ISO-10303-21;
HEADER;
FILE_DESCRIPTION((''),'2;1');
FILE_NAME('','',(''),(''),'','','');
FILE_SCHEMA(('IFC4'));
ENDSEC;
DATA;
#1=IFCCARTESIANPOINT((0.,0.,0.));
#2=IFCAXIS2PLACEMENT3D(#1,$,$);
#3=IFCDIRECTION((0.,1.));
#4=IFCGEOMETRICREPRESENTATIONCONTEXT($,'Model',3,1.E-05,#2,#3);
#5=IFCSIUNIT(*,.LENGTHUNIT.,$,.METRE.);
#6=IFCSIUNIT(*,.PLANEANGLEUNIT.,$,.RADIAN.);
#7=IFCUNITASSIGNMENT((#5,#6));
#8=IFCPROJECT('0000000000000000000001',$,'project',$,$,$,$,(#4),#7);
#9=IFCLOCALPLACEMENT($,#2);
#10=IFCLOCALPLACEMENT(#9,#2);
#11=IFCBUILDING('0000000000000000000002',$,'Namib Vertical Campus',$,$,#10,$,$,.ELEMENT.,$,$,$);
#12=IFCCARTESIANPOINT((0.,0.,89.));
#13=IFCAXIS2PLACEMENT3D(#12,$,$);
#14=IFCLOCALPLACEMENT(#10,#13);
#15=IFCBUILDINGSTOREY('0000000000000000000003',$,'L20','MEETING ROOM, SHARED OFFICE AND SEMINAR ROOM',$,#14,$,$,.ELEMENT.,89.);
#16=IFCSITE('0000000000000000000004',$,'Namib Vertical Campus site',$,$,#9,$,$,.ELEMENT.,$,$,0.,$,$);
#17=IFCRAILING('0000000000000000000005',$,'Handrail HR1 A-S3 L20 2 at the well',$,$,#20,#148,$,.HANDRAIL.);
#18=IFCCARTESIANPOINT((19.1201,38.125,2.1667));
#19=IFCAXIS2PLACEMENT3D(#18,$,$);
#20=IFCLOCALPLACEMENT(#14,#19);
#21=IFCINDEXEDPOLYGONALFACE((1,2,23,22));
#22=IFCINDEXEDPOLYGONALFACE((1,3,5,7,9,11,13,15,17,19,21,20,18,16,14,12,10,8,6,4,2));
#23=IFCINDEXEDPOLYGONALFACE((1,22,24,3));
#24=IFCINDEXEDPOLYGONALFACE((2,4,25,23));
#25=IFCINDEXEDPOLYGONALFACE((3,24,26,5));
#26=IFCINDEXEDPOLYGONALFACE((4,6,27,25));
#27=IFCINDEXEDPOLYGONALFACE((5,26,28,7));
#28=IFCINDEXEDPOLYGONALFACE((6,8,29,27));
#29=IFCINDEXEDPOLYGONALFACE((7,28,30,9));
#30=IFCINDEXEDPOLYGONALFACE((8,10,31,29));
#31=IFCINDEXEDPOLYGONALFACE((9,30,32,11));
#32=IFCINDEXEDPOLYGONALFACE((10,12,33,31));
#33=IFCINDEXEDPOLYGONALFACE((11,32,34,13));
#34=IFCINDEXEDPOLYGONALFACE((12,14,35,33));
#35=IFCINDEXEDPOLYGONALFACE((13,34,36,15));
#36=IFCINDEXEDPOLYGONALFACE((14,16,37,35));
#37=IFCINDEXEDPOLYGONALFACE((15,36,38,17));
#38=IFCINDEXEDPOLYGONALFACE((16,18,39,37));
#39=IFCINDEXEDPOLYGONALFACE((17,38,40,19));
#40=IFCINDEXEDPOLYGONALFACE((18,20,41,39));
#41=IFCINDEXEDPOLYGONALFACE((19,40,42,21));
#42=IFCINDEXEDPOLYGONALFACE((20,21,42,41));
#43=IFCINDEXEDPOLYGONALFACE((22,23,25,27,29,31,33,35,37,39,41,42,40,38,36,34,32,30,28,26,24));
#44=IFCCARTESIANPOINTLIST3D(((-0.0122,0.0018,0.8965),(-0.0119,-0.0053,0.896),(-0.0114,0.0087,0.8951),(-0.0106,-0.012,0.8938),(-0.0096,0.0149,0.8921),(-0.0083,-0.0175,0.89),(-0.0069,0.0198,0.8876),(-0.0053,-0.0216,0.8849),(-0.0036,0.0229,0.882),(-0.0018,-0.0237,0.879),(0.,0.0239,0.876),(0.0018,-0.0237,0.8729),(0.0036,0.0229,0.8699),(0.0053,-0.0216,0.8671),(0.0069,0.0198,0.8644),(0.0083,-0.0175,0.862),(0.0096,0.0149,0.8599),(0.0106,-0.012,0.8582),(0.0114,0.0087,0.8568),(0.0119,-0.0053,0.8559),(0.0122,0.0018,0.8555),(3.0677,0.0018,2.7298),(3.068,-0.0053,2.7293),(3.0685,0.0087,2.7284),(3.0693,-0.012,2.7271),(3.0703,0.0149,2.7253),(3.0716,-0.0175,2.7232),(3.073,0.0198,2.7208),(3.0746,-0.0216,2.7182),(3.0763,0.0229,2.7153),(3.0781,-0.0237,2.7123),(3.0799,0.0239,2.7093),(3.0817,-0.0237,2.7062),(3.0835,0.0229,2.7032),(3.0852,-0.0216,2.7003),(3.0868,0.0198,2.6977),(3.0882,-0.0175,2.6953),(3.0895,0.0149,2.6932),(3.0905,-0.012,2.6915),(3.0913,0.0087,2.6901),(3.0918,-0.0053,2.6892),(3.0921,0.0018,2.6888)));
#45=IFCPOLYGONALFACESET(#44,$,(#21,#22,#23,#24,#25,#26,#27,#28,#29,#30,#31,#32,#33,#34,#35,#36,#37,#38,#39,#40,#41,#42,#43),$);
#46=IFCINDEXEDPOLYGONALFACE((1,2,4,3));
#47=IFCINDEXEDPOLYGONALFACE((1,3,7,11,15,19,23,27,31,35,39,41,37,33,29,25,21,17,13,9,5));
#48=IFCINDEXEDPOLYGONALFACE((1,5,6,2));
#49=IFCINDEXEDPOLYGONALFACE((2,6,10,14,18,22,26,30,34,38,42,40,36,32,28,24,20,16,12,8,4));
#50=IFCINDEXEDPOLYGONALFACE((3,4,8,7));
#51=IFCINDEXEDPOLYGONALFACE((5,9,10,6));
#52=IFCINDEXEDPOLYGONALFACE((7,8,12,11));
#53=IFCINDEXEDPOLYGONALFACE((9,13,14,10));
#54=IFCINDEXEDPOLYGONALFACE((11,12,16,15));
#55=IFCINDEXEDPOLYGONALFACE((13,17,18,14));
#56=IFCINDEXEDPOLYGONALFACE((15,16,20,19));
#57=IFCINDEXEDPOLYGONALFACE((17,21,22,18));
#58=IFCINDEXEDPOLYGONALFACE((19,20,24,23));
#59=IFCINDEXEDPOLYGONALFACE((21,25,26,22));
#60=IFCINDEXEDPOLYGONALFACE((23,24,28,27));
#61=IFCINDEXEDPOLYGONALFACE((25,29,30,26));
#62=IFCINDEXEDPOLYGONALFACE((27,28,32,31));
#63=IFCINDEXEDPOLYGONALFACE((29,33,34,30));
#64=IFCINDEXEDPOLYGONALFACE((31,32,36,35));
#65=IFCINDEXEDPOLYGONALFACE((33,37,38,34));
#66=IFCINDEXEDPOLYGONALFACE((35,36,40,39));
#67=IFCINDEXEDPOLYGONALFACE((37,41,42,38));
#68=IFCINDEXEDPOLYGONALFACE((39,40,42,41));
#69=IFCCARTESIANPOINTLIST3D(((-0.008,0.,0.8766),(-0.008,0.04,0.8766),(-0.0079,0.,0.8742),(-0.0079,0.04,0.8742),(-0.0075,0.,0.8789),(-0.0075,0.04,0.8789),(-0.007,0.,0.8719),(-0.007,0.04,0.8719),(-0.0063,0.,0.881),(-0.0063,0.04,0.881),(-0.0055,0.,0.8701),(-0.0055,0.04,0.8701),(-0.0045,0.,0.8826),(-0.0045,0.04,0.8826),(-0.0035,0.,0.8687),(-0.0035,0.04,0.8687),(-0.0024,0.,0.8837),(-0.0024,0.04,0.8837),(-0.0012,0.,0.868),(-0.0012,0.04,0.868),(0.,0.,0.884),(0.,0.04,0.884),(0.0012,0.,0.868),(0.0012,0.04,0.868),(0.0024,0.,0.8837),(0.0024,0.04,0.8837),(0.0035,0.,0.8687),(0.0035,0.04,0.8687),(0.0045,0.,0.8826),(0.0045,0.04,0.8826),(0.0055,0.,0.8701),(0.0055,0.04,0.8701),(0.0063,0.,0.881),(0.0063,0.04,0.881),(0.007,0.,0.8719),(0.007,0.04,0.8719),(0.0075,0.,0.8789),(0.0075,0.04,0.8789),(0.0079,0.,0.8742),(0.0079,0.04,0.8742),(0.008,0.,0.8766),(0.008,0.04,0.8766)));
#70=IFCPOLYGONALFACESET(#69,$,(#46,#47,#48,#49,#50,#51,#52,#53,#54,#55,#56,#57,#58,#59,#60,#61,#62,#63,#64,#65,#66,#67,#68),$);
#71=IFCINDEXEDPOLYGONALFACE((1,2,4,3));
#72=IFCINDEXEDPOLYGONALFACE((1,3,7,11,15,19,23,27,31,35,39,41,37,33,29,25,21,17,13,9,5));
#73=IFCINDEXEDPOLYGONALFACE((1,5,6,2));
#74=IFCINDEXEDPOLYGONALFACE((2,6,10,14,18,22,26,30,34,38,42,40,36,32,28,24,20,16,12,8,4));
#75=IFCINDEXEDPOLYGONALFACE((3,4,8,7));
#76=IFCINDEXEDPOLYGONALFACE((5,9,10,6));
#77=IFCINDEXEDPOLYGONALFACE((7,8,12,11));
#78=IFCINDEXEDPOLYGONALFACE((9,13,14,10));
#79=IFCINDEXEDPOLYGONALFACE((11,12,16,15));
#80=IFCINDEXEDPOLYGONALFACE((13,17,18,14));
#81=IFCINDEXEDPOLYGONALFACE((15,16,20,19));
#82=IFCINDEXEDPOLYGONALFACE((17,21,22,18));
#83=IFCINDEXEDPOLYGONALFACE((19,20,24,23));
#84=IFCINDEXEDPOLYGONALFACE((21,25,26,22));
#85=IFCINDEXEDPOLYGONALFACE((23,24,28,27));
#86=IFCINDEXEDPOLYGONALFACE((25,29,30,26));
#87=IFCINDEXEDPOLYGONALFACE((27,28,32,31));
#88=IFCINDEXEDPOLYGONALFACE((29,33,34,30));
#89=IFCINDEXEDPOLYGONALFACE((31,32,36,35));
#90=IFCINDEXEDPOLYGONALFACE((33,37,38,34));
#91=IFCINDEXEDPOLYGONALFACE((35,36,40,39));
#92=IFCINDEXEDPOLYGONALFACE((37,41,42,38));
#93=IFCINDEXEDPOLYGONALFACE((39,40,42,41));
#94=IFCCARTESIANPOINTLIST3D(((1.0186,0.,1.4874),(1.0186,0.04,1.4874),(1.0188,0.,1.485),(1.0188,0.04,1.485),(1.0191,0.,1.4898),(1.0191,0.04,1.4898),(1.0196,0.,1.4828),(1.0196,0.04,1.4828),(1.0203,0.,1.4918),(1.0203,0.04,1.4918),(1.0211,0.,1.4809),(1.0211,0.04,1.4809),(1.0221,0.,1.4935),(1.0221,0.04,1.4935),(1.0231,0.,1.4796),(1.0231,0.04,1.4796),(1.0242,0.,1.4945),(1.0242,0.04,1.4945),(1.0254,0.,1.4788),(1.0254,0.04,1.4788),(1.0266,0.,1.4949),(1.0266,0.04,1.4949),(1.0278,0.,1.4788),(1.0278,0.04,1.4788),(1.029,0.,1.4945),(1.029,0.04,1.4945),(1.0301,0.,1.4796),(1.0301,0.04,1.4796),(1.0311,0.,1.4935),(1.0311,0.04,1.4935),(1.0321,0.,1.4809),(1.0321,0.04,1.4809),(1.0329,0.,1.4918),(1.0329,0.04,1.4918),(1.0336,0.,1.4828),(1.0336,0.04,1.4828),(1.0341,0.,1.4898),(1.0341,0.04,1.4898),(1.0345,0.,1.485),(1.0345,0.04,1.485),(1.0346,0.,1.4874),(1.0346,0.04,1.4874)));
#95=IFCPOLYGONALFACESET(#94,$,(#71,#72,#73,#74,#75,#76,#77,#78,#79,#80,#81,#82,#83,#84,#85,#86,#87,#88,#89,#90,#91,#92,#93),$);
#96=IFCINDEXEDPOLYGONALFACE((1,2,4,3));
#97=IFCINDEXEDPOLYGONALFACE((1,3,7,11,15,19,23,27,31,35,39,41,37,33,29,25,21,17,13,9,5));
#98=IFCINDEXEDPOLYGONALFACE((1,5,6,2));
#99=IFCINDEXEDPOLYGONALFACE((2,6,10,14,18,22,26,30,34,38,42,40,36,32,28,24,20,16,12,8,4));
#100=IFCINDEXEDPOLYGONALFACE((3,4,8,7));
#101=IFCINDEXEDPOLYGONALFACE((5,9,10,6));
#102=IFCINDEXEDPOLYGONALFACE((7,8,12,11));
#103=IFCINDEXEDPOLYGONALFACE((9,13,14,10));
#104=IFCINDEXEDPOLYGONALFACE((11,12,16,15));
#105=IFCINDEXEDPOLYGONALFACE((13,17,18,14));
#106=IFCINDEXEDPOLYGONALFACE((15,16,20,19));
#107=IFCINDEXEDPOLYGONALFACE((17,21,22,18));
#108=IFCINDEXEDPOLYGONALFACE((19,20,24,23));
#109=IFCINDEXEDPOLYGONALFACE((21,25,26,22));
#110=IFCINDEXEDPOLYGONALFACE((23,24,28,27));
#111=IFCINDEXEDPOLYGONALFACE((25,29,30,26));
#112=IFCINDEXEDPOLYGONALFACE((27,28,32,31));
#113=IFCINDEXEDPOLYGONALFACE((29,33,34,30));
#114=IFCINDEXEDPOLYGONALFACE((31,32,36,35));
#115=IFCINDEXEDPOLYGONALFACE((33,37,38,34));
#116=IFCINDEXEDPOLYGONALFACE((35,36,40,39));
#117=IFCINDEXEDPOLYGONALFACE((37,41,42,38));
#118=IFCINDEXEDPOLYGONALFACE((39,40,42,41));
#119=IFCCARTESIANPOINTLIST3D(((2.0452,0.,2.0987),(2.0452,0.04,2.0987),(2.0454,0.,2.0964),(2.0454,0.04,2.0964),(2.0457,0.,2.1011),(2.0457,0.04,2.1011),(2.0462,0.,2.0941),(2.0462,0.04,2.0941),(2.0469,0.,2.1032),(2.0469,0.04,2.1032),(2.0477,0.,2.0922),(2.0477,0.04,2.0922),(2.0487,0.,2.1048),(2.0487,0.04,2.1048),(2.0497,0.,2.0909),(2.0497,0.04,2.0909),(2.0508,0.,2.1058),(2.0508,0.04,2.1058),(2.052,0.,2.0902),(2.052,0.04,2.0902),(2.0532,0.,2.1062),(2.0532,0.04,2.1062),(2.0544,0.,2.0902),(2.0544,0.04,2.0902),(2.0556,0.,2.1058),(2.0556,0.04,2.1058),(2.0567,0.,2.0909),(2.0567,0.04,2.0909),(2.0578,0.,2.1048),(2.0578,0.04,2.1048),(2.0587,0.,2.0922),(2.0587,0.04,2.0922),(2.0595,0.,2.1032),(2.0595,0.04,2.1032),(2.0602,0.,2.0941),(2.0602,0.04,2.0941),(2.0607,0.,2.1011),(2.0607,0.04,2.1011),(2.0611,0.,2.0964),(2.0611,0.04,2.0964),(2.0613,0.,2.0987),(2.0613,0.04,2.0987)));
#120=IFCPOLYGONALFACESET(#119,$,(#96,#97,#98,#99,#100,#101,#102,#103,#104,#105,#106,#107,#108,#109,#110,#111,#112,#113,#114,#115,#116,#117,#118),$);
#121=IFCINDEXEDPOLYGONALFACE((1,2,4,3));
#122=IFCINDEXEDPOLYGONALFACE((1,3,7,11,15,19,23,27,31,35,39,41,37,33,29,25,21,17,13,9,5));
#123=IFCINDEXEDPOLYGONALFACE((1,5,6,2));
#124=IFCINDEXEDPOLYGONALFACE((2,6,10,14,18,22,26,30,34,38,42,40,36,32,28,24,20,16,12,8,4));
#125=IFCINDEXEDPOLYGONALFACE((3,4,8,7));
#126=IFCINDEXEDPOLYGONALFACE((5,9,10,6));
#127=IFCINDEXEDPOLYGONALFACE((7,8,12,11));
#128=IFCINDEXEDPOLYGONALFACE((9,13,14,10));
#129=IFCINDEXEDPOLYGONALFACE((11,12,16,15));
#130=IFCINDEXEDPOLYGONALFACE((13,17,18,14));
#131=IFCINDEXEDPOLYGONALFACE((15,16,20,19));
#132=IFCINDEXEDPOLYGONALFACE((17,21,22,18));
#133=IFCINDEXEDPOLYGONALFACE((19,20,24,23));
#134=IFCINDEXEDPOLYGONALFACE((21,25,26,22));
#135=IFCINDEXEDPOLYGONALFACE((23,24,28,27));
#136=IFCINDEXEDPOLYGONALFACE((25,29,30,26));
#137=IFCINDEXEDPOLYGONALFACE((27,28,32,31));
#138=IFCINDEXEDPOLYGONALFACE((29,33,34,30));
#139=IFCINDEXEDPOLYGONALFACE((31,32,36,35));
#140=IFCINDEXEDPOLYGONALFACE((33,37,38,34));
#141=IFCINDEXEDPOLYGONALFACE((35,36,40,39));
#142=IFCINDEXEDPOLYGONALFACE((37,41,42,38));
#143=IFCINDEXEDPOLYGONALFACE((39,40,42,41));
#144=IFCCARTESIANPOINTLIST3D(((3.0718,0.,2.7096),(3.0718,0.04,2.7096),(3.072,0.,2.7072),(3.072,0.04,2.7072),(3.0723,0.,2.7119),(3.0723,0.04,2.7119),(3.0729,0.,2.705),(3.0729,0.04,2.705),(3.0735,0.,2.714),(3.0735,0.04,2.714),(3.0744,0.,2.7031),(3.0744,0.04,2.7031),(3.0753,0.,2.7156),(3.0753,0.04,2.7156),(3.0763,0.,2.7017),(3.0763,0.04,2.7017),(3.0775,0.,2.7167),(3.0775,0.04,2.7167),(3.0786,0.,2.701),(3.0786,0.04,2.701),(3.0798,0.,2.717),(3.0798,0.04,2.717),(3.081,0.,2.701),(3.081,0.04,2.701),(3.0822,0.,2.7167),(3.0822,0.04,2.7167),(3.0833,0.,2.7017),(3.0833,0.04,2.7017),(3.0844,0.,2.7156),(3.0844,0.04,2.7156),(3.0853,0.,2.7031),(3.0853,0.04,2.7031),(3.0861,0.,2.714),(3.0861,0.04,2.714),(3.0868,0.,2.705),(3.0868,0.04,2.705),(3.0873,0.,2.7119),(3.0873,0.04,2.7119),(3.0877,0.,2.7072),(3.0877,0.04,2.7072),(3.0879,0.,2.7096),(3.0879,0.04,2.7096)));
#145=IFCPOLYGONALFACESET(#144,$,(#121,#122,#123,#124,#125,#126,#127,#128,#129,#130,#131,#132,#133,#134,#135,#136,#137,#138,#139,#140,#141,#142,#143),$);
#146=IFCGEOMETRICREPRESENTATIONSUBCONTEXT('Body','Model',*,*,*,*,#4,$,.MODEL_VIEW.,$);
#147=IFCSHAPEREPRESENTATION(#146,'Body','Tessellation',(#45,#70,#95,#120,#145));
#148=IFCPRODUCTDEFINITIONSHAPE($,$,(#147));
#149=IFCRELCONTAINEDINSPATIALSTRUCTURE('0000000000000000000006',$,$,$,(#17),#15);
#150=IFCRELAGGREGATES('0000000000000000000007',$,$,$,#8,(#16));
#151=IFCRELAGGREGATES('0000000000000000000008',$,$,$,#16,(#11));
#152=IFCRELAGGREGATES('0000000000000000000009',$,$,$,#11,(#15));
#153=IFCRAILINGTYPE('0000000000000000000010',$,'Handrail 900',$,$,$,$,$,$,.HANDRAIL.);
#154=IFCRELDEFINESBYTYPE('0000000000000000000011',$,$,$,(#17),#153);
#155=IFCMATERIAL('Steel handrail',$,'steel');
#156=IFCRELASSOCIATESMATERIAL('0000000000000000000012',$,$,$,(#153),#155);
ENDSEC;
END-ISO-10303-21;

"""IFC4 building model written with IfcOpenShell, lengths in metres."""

from ifc_helpers import new_model, si_unit, direction, frame, origin, origin_2d, place, context, subcontext, project, spatial, circle, extrude, material, type_object, element, save


model = new_model("IFC4")

# Units and contexts
model_context = context("Model", 3, precision=1e-05, world=origin(), true_north=direction((0.0, 1.0)))
body_context = subcontext(model_context, "Body", "Model", "MODEL_VIEW")
ifc_project = project(units=[si_unit("LENGTHUNIT", "METRE"), si_unit("PLANEANGLEUNIT", "RADIAN")], contexts=[model_context])

# Site, building, storey
site_placement = place(None, origin())
site = spatial("IfcSite", under=ifc_project, at=site_placement, Name="Namib Vertical Campus site", CompositionType="ELEMENT", RefElevation=0.0)
building_placement = place(site_placement, origin())
building = spatial("IfcBuilding", under=site, at=building_placement, Name="Namib Vertical Campus", CompositionType="ELEMENT")
storey_placement = place(building_placement, frame((0.0, 0.0, 89.0)))
storey = spatial("IfcBuildingStorey", under=building, at=storey_placement, Name="L20", Description="MEETING ROOM, SHARED OFFICE AND SEMINAR ROOM", CompositionType="ELEMENT", Elevation=89.0)

# Railing
ifc_material_1 = material(Name="Steel handrail", Category="steel")
railing_type_1 = type_object("IfcRailingType", Name="Handrail 900", PredefinedType="HANDRAIL", material=ifc_material_1)
railing_1_placement = place(storey_placement, frame((19.1201, 38.125, 2.1667)))
element("IfcRailing", 1, at=railing_1_placement, inside=storey, type_object=railing_type_1, Name="Handrail HR1 A-S3 L20 2 at the well", PredefinedType="HANDRAIL", context=body_context, shape_type="SweptSolid", body=[
    extrude(circle(Radius=0.0239, at=origin_2d()), frame((0.0, 0.0, 0.876), z_axis=(0.859291, 0.0, 0.511487), x_axis=(0.0, 1.0, 0.0)), (0.0, 0.0, 1.0), 3.5842),
    extrude(circle(Radius=0.0081, at=origin_2d()), frame((0.0, 0.0, 0.876), z_axis=(0.0, 1.0, 0.0), x_axis=(0.0, 0.0, 1.0)), (0.0, 0.0, 1.0), 0.04),
    extrude(circle(Radius=0.0081, at=origin_2d()), frame((1.0266, 0.0, 1.4868), z_axis=(0.0, 1.0, 0.0), x_axis=(0.0, 0.0, 1.0)), (0.0, 0.0, 1.0), 0.04),
    extrude(circle(Radius=0.0081, at=origin_2d()), frame((2.0532, 0.0, 2.0981), z_axis=(0.0, 1.0, 0.0), x_axis=(0.0, 0.0, 1.0)), (0.0, 0.0, 1.0), 0.04),
    extrude(circle(Radius=0.0081, at=origin_2d()), frame((3.0798, 0.0, 2.709), z_axis=(0.0, 1.0, 0.0), x_axis=(0.0, 0.0, 1.0)), (0.0, 0.0, 1.0), 0.04),
])

save(model, "model.ifc")
